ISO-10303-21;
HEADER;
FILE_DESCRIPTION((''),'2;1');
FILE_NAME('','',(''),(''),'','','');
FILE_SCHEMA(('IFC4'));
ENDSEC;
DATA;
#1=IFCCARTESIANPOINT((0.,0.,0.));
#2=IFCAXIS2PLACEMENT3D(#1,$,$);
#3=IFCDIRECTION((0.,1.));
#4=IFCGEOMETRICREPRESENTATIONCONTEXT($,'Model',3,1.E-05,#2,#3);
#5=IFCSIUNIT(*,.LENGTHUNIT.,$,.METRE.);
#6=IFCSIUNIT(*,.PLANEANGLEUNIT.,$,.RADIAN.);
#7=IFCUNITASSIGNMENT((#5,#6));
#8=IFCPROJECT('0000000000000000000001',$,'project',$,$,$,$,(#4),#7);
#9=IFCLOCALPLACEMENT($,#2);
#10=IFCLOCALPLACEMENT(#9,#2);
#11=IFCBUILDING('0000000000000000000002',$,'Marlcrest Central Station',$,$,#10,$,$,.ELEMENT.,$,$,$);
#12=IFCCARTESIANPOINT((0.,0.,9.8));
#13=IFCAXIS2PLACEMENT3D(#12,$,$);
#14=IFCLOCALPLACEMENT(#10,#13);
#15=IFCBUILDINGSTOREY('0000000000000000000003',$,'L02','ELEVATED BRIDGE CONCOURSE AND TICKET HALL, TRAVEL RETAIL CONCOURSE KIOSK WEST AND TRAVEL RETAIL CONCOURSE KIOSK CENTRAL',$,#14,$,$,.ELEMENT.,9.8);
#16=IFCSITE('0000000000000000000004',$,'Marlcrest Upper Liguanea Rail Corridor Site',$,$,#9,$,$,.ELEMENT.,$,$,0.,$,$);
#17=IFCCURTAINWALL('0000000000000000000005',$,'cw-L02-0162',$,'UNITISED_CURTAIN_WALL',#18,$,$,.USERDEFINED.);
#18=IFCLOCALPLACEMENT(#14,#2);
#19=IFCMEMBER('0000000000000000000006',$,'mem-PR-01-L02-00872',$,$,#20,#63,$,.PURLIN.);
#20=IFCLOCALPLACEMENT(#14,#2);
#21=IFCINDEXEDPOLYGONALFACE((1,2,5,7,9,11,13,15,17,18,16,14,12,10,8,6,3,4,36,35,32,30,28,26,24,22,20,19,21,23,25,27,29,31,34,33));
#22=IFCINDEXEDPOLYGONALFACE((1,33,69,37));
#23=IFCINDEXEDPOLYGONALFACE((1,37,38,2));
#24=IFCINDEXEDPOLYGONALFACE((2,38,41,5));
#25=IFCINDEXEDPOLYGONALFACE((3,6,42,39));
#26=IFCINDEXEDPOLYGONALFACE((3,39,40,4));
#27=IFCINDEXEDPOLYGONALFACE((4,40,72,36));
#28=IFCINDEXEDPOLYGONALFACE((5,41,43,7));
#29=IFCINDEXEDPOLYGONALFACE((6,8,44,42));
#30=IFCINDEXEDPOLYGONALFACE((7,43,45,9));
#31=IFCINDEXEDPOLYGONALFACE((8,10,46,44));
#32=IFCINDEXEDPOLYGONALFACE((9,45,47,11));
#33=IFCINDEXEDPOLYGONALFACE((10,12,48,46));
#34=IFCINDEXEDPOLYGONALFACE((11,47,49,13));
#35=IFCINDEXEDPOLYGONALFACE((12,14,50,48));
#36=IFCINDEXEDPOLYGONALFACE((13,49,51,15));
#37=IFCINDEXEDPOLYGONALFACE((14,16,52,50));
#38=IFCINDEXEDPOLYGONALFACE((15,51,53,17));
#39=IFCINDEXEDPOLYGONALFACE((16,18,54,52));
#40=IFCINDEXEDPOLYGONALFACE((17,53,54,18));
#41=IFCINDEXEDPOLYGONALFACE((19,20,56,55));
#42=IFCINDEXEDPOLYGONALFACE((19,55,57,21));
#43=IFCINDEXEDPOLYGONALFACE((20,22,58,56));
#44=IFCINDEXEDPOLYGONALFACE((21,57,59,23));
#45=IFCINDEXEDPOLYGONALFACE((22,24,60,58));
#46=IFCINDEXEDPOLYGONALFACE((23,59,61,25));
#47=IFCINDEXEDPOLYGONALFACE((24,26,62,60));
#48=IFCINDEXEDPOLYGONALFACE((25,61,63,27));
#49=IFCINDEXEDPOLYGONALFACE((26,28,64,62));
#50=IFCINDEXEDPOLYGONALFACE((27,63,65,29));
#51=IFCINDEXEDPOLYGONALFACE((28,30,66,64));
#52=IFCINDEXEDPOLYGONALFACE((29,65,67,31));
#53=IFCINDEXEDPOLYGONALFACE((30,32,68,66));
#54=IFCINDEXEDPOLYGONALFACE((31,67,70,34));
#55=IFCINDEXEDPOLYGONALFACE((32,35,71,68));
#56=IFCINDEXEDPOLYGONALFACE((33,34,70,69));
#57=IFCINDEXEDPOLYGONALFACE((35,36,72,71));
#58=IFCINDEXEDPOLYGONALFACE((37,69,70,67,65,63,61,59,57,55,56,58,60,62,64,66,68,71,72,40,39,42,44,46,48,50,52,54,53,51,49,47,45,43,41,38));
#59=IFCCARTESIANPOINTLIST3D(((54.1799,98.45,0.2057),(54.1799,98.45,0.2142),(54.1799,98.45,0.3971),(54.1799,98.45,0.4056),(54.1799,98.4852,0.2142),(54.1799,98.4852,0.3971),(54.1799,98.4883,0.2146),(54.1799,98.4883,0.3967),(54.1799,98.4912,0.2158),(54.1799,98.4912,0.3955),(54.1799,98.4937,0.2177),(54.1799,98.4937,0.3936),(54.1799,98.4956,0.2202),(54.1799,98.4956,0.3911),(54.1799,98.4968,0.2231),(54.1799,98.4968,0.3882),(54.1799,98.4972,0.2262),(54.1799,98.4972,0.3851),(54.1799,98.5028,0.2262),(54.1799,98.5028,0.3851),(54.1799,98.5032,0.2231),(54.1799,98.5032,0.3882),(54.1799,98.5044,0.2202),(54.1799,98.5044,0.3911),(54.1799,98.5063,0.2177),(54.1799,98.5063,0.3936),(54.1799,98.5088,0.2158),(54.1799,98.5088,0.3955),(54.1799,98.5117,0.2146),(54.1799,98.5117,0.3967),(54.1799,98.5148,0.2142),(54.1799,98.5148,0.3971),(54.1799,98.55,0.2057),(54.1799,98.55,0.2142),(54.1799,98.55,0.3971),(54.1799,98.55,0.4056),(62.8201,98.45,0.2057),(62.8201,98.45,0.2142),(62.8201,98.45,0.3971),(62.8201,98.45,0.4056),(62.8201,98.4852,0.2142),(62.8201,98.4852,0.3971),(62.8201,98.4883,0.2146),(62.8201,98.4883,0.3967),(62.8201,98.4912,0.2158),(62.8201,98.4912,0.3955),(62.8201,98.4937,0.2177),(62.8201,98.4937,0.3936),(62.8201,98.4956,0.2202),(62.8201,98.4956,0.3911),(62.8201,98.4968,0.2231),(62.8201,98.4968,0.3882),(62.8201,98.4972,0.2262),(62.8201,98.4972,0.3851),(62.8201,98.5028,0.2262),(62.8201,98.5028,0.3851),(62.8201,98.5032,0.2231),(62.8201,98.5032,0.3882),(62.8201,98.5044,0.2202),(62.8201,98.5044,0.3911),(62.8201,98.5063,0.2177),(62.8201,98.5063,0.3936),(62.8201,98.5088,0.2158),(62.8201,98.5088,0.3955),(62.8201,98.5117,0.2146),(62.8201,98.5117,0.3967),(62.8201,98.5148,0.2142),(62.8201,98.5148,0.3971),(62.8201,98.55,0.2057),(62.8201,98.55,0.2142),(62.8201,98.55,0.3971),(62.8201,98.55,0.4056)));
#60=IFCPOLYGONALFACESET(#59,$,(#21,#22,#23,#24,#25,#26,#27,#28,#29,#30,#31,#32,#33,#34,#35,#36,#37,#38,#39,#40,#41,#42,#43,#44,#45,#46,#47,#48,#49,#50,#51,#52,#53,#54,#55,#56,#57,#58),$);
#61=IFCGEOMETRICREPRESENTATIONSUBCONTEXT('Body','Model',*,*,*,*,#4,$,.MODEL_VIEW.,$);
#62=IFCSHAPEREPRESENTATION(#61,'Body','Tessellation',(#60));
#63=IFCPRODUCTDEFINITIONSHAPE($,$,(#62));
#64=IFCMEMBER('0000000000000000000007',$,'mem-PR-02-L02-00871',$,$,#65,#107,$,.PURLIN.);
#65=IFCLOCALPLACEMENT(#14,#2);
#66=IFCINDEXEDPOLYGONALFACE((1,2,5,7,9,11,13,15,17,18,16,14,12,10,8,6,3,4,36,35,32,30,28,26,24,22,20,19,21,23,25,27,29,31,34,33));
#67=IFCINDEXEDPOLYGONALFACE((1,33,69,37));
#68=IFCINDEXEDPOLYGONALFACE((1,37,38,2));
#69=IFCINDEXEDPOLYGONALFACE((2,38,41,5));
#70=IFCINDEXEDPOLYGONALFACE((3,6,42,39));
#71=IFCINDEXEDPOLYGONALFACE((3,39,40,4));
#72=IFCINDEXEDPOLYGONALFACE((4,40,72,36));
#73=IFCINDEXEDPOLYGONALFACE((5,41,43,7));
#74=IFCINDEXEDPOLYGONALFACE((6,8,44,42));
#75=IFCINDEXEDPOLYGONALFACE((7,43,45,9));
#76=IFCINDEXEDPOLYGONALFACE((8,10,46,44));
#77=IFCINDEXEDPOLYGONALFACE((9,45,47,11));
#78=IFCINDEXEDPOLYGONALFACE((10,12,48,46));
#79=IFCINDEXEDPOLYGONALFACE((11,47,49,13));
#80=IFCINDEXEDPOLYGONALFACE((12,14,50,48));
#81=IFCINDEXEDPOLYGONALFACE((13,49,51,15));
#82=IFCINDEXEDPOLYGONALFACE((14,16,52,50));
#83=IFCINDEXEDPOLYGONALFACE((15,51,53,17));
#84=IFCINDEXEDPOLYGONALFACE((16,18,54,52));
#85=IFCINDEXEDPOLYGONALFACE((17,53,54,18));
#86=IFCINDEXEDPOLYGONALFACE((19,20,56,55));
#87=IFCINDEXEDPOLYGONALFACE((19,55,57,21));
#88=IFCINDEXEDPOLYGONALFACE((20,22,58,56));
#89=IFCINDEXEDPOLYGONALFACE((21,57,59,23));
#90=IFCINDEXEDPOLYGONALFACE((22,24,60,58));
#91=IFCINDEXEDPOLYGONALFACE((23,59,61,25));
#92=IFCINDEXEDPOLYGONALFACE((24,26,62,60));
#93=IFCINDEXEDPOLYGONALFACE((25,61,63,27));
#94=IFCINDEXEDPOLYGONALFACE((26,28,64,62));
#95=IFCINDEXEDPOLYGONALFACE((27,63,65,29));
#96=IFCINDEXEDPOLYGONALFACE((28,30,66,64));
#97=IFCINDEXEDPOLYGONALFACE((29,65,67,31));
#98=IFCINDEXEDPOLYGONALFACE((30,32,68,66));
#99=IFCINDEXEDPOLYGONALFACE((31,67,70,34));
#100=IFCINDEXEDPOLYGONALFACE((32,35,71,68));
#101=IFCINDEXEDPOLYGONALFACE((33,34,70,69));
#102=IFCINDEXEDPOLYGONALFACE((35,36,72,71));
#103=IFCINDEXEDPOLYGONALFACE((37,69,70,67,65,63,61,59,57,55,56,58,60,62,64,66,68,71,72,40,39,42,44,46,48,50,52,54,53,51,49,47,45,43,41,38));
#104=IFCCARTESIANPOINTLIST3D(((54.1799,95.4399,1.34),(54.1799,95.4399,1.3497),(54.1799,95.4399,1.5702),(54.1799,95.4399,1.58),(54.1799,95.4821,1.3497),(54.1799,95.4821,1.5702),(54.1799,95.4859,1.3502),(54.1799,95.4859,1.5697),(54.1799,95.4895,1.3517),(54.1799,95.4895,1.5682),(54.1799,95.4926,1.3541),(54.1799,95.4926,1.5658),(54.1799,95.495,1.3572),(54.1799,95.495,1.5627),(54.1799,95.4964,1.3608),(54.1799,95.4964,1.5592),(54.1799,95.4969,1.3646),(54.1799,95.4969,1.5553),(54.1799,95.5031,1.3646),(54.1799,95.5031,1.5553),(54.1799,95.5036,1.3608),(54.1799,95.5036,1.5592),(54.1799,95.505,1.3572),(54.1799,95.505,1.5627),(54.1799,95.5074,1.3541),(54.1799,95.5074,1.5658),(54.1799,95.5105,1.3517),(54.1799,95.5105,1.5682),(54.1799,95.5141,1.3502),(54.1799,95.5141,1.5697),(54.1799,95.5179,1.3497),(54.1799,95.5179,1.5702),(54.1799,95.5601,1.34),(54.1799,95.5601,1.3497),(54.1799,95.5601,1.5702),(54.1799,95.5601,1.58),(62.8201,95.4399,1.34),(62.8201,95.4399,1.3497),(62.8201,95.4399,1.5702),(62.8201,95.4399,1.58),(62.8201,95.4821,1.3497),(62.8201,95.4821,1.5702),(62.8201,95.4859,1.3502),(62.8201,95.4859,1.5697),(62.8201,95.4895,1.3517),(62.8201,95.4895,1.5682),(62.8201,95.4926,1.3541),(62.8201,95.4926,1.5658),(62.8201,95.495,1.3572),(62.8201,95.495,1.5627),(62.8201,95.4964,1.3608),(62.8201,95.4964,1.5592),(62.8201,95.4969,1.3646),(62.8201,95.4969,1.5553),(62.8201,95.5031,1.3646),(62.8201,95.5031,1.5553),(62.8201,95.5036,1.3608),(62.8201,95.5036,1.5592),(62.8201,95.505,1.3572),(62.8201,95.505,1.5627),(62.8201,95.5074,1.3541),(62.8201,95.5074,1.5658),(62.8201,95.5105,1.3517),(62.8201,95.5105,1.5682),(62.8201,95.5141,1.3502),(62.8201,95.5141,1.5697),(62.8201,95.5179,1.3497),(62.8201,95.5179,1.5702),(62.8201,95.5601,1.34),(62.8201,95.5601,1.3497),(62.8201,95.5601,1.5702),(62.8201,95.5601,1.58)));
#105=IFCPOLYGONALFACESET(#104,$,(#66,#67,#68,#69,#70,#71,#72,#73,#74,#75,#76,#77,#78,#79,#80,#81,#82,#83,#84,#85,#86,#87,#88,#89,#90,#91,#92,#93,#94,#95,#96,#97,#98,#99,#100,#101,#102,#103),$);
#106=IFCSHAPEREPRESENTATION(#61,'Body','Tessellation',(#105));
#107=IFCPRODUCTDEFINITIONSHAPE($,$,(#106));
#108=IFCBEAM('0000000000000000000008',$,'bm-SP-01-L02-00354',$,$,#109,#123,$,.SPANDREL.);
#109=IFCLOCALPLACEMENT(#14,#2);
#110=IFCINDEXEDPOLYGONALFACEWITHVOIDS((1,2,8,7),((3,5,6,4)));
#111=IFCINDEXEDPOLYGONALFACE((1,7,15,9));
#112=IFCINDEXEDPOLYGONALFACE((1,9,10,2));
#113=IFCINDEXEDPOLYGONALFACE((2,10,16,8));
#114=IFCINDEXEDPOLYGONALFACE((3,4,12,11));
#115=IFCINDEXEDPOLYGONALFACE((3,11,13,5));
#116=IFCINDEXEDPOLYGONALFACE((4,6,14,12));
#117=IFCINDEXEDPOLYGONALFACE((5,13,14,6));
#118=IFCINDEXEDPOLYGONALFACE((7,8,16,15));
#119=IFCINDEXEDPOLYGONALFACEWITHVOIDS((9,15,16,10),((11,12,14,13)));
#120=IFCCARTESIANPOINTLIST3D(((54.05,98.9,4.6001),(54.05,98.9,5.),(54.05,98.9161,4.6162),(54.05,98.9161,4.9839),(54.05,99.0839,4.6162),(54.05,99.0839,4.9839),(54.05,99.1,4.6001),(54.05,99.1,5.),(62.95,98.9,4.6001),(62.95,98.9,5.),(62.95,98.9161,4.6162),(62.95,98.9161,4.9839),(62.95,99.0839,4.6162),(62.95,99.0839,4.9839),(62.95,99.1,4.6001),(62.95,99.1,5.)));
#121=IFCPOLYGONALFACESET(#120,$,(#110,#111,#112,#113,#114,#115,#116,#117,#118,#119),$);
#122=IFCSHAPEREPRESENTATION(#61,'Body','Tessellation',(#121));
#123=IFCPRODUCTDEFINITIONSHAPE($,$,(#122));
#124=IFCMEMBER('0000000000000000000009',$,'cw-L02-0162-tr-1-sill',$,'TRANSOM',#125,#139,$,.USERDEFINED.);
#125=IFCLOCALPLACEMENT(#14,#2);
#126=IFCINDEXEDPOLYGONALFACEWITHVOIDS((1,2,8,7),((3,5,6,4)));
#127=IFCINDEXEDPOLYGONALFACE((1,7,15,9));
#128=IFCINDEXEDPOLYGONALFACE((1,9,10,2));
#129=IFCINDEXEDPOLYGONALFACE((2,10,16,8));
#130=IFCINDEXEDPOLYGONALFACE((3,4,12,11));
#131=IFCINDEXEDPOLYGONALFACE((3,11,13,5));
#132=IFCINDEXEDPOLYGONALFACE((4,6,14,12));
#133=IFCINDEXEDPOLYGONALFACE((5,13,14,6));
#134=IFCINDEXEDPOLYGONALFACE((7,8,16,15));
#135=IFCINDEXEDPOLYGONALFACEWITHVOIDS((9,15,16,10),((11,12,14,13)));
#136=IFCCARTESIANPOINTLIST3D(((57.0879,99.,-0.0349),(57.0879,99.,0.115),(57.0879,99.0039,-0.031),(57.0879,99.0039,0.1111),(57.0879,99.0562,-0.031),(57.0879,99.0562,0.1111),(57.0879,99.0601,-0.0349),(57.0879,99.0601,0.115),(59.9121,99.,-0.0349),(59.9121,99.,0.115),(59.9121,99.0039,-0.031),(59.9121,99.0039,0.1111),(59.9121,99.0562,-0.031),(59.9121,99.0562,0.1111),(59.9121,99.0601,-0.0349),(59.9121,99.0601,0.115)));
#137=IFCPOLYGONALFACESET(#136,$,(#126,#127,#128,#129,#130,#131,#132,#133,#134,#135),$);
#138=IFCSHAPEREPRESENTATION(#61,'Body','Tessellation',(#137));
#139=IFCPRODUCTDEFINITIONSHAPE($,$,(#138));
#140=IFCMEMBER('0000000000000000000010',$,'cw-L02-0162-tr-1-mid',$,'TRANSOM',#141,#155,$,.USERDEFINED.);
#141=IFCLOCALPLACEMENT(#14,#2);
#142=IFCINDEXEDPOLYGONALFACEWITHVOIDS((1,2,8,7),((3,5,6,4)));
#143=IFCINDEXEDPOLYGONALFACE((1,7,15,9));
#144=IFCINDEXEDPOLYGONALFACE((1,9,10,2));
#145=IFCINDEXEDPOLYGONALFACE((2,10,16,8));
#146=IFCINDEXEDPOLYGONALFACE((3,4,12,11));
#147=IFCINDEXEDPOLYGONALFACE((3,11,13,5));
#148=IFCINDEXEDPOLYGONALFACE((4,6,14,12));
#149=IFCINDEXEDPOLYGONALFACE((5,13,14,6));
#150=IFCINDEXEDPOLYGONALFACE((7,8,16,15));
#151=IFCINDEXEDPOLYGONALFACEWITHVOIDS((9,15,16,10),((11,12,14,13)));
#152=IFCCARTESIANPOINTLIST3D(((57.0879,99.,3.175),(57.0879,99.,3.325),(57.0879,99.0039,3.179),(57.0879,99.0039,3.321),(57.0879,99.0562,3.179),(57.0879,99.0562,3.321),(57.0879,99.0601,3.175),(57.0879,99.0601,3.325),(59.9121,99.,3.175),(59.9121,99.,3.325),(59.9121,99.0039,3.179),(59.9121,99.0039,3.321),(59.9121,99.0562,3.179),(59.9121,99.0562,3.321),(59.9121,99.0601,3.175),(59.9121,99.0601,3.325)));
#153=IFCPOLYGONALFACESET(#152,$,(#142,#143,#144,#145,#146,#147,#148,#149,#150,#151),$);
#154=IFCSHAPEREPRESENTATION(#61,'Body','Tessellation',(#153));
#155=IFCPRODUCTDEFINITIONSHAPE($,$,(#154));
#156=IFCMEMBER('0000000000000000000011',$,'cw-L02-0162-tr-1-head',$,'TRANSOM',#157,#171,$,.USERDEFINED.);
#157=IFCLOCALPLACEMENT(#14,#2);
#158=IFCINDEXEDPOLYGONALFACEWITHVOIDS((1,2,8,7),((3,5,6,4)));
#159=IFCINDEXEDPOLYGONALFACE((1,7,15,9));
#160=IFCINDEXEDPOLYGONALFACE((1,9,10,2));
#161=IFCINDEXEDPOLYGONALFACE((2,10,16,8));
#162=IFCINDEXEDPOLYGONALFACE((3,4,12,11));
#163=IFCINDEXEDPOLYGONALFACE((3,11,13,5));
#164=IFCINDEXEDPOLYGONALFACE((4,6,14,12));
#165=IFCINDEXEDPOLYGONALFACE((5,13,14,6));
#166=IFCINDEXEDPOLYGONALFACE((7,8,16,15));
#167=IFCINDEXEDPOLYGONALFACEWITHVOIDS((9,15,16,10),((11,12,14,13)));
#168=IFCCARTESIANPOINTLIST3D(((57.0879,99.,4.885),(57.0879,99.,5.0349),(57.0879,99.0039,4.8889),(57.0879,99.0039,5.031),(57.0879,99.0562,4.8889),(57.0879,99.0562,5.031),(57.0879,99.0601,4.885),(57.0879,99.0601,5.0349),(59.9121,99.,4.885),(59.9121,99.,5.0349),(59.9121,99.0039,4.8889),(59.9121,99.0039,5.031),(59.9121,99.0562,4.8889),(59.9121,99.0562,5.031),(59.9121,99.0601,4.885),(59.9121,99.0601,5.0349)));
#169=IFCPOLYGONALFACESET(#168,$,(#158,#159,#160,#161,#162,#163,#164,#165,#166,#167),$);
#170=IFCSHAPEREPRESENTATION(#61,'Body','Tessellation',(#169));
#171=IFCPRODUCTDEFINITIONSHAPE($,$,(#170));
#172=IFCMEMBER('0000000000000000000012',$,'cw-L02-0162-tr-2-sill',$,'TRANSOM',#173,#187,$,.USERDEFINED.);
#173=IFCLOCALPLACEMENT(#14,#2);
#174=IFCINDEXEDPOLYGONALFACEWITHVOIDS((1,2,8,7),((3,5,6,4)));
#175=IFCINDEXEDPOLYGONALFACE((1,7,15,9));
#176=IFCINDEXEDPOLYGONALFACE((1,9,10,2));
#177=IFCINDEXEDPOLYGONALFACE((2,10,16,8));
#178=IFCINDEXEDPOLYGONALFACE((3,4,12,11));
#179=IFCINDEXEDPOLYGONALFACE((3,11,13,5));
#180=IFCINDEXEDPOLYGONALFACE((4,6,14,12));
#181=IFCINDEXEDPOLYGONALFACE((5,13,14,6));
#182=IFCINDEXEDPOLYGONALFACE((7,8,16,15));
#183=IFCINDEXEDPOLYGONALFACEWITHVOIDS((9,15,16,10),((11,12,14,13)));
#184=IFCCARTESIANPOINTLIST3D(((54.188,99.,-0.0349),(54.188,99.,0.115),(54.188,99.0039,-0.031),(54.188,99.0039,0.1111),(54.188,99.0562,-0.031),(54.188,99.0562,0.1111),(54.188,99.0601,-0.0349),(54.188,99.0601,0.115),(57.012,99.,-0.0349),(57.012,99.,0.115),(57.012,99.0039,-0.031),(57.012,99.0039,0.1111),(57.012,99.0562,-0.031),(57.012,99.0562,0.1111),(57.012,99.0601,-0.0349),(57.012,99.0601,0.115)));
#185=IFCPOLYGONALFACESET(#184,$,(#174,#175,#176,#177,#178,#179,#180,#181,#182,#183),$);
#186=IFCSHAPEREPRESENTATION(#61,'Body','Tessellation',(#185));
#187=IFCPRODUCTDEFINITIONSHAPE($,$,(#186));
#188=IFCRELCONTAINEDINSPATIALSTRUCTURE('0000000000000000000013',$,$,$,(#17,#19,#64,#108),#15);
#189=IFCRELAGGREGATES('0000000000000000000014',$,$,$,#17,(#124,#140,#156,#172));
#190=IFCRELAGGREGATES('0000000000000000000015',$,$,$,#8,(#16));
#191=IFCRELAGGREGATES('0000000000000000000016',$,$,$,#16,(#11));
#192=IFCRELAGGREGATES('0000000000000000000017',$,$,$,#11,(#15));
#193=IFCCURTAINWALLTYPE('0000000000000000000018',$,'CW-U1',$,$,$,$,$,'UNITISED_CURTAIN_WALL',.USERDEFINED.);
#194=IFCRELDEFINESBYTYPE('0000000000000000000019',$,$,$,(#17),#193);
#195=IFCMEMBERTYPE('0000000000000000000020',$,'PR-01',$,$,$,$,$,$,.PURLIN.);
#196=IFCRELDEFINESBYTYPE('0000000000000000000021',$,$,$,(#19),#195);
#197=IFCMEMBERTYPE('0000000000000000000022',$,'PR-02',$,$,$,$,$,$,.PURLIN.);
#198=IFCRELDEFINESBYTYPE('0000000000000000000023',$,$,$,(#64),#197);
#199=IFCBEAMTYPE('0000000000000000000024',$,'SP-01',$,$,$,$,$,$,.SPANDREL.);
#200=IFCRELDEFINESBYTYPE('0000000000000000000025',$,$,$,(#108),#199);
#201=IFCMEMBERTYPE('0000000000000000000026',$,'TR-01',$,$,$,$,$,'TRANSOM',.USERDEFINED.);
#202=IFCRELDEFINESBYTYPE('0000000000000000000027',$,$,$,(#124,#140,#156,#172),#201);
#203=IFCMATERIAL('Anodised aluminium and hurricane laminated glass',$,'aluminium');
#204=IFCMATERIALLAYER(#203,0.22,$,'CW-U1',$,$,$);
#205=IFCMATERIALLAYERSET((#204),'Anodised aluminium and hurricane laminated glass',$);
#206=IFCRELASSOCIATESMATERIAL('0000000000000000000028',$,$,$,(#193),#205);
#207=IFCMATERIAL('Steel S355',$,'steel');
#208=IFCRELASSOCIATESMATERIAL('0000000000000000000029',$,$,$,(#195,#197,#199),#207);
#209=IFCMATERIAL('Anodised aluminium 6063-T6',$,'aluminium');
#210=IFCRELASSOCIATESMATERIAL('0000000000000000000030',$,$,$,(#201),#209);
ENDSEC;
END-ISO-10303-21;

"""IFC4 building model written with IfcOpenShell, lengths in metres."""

from ifc_helpers import new_model, si_unit, direction, frame, origin, origin_2d, place, context, subcontext, project, spatial, hollow_rectangle, i_section, extrude, material, layer, layer_set, material_profile, profile_set, type_object, element, aggregate, save


model = new_model("IFC4")

# Units and contexts
model_context = context("Model", 3, precision=1e-05, world=origin(), true_north=direction((0.0, 1.0)))
body_context = subcontext(model_context, "Body", "Model", "MODEL_VIEW")
ifc_project = project(units=[si_unit("LENGTHUNIT", "METRE"), si_unit("PLANEANGLEUNIT", "RADIAN")], contexts=[model_context])

# Site, building, storey
site_placement = place(None, origin())
site = spatial("IfcSite", under=ifc_project, at=site_placement, Name="Marlcrest Upper Liguanea Rail Corridor Site", CompositionType="ELEMENT", RefElevation=0.0)
building_placement = place(site_placement, origin())
building = spatial("IfcBuilding", under=site, at=building_placement, Name="Marlcrest Central Station", CompositionType="ELEMENT")
storey_placement = place(building_placement, frame((0.0, 0.0, 9.8)))
storey = spatial("IfcBuildingStorey", under=building, at=storey_placement, Name="L02", Description="ELEVATED BRIDGE CONCOURSE AND TICKET HALL, TRAVEL RETAIL CONCOURSE KIOSK WEST AND TRAVEL RETAIL CONCOURSE KIOSK CENTRAL", CompositionType="ELEMENT", Elevation=9.8)

# Shared definitions
ifc_material_1 = material(Name="Steel S355", Category="steel")

# Curtain wall
ifc_material_2 = material(Name="Anodised aluminium and hurricane laminated glass", Category="aluminium")
ifc_layer_1 = layer(ifc_material_2, 0.22, Name="CW-U1")
ifc_layer_set_1 = layer_set([ifc_layer_1], Name="Anodised aluminium and hurricane laminated glass")
curtain_wall_type = type_object("IfcCurtainWallType", Name="CW-U1", ElementType="UNITISED_CURTAIN_WALL", PredefinedType="USERDEFINED", material=ifc_layer_set_1)
curtain_wall_placement = place(storey_placement, origin())
curtain_wall = element("IfcCurtainWall", 1, at=curtain_wall_placement, inside=storey, type_object=curtain_wall_type, Name="cw-L02-0162", ObjectType="UNITISED_CURTAIN_WALL", PredefinedType="USERDEFINED")
ifc_material_3 = material(Name="Anodised aluminium 6063-T6", Category="aluminium")

# Members
ifc_material_profile_1 = material_profile(ifc_material_1, i_section(OverallWidth=0.1001, OverallDepth=0.2, WebThickness=0.0056, FlangeThickness=0.0085, FilletRadius=0.012, at=origin_2d()), Name="IPE 200")
ifc_profile_set_1 = profile_set([ifc_material_profile_1], Name="Steel S355")
member_type_1 = type_object("IfcMemberType", Name="PR-01", PredefinedType="PURLIN", material=ifc_profile_set_1)
member_1_placement = place(storey_placement, frame((54.1799, 98.5, 0.3057), z_axis=(1.0, 0.0, 0.0), x_axis=(0.0, 1.0, 0.0)))
element("IfcMember", 2, at=member_1_placement, inside=storey, type_object=member_type_1, Name="mem-PR-01-L02-00872", PredefinedType="PURLIN", context=body_context, shape_type="SweptSolid", body=[
    extrude(i_section(OverallWidth=0.1001, OverallDepth=0.2, WebThickness=0.0056, FlangeThickness=0.0085, FilletRadius=0.012, at=origin_2d()), origin(), (0.0, 0.0, 1.0), 8.6401),
])
ifc_material_profile_2 = material_profile(ifc_material_1, i_section(OverallWidth=0.1201, OverallDepth=0.24, WebThickness=0.0061, FlangeThickness=0.0098, FilletRadius=0.0149, at=origin_2d()), Name="IPE 240")
ifc_profile_set_2 = profile_set([ifc_material_profile_2], Name="Steel S355")
member_type_2 = type_object("IfcMemberType", Name="PR-02", PredefinedType="PURLIN", material=ifc_profile_set_2)
member_2_placement = place(storey_placement, frame((54.1799, 95.5, 1.46), z_axis=(1.0, 0.0, 0.0), x_axis=(0.0, 1.0, 0.0)))
element("IfcMember", 3, at=member_2_placement, inside=storey, type_object=member_type_2, Name="mem-PR-02-L02-00871", PredefinedType="PURLIN", context=body_context, shape_type="SweptSolid", body=[
    extrude(i_section(OverallWidth=0.1201, OverallDepth=0.24, WebThickness=0.0061, FlangeThickness=0.0098, FilletRadius=0.0149, at=origin_2d()), origin(), (0.0, 0.0, 1.0), 8.6401),
])

# Beam
ifc_material_profile_3 = material_profile(ifc_material_1, hollow_rectangle(XDim=0.2, YDim=0.3999, WallThickness=0.0161, at=origin_2d()), Name="RHS 400x200x16")
ifc_profile_set_3 = profile_set([ifc_material_profile_3], Name="Steel S355")
beam_type_1 = type_object("IfcBeamType", Name="SP-01", PredefinedType="SPANDREL", material=ifc_profile_set_3)
beam_1_placement = place(storey_placement, frame((54.05, 99.0, 4.8), z_axis=(1.0, 0.0, 0.0), x_axis=(0.0, 1.0, 0.0)))
element("IfcBeam", 4, at=beam_1_placement, inside=storey, type_object=beam_type_1, Name="bm-SP-01-L02-00354", PredefinedType="SPANDREL", context=body_context, shape_type="SweptSolid", body=[
    extrude(hollow_rectangle(XDim=0.2, YDim=0.3999, WallThickness=0.0161, at=origin_2d()), origin(), (0.0, 0.0, 1.0), 8.8999),
])

# Members
ifc_material_profile_4 = material_profile(ifc_material_3, hollow_rectangle(XDim=0.0601, YDim=0.1499, WallThickness=0.0039, at=origin_2d()), Name="AA-RHS 150x60x4")
ifc_profile_set_4 = profile_set([ifc_material_profile_4], Name="Anodised aluminium 6063-T6")
member_type_3 = type_object("IfcMemberType", Name="TR-01", ElementType="TRANSOM", PredefinedType="USERDEFINED", material=ifc_profile_set_4)
member_3_placement = place(storey_placement, frame((59.9121, 99.03, 0.04), z_axis=(-1.0, 0.0, 0.0), x_axis=(0.0, -1.0, 0.0)))
member_3 = element("IfcMember", 5, at=member_3_placement, type_object=member_type_3, Name="cw-L02-0162-tr-1-sill", ObjectType="TRANSOM", PredefinedType="USERDEFINED", context=body_context, shape_type="SweptSolid", body=[
    extrude(hollow_rectangle(XDim=0.0601, YDim=0.1499, WallThickness=0.0039, at=origin_2d()), origin(), (0.0, 0.0, 1.0), 2.8242),
])
member_4_placement = place(storey_placement, frame((59.9121, 99.03, 3.25), z_axis=(-1.0, 0.0, 0.0), x_axis=(0.0, -1.0, 0.0)))
member_4 = element("IfcMember", 6, at=member_4_placement, type_object=member_type_3, Name="cw-L02-0162-tr-1-mid", ObjectType="TRANSOM", PredefinedType="USERDEFINED", context=body_context, shape_type="SweptSolid", body=[
    extrude(hollow_rectangle(XDim=0.0601, YDim=0.1499, WallThickness=0.0039, at=origin_2d()), origin(), (0.0, 0.0, 1.0), 2.8242),
])
member_5_placement = place(storey_placement, frame((59.9121, 99.03, 4.96), z_axis=(-1.0, 0.0, 0.0), x_axis=(0.0, -1.0, 0.0)))
member_5 = element("IfcMember", 7, at=member_5_placement, type_object=member_type_3, Name="cw-L02-0162-tr-1-head", ObjectType="TRANSOM", PredefinedType="USERDEFINED", context=body_context, shape_type="SweptSolid", body=[
    extrude(hollow_rectangle(XDim=0.0601, YDim=0.1499, WallThickness=0.0039, at=origin_2d()), origin(), (0.0, 0.0, 1.0), 2.8242),
])
member_6_placement = place(storey_placement, frame((57.012, 99.03, 0.04), z_axis=(-1.0, 0.0, 0.0), x_axis=(0.0, -1.0, 0.0)))
member_6 = element("IfcMember", 8, at=member_6_placement, type_object=member_type_3, Name="cw-L02-0162-tr-2-sill", ObjectType="TRANSOM", PredefinedType="USERDEFINED", context=body_context, shape_type="SweptSolid", body=[
    extrude(hollow_rectangle(XDim=0.0601, YDim=0.1499, WallThickness=0.0039, at=origin_2d()), origin(), (0.0, 0.0, 1.0), 2.824),
])

aggregate(curtain_wall, [member_3, member_4, member_5, member_6])

save(model, "model.ifc")
